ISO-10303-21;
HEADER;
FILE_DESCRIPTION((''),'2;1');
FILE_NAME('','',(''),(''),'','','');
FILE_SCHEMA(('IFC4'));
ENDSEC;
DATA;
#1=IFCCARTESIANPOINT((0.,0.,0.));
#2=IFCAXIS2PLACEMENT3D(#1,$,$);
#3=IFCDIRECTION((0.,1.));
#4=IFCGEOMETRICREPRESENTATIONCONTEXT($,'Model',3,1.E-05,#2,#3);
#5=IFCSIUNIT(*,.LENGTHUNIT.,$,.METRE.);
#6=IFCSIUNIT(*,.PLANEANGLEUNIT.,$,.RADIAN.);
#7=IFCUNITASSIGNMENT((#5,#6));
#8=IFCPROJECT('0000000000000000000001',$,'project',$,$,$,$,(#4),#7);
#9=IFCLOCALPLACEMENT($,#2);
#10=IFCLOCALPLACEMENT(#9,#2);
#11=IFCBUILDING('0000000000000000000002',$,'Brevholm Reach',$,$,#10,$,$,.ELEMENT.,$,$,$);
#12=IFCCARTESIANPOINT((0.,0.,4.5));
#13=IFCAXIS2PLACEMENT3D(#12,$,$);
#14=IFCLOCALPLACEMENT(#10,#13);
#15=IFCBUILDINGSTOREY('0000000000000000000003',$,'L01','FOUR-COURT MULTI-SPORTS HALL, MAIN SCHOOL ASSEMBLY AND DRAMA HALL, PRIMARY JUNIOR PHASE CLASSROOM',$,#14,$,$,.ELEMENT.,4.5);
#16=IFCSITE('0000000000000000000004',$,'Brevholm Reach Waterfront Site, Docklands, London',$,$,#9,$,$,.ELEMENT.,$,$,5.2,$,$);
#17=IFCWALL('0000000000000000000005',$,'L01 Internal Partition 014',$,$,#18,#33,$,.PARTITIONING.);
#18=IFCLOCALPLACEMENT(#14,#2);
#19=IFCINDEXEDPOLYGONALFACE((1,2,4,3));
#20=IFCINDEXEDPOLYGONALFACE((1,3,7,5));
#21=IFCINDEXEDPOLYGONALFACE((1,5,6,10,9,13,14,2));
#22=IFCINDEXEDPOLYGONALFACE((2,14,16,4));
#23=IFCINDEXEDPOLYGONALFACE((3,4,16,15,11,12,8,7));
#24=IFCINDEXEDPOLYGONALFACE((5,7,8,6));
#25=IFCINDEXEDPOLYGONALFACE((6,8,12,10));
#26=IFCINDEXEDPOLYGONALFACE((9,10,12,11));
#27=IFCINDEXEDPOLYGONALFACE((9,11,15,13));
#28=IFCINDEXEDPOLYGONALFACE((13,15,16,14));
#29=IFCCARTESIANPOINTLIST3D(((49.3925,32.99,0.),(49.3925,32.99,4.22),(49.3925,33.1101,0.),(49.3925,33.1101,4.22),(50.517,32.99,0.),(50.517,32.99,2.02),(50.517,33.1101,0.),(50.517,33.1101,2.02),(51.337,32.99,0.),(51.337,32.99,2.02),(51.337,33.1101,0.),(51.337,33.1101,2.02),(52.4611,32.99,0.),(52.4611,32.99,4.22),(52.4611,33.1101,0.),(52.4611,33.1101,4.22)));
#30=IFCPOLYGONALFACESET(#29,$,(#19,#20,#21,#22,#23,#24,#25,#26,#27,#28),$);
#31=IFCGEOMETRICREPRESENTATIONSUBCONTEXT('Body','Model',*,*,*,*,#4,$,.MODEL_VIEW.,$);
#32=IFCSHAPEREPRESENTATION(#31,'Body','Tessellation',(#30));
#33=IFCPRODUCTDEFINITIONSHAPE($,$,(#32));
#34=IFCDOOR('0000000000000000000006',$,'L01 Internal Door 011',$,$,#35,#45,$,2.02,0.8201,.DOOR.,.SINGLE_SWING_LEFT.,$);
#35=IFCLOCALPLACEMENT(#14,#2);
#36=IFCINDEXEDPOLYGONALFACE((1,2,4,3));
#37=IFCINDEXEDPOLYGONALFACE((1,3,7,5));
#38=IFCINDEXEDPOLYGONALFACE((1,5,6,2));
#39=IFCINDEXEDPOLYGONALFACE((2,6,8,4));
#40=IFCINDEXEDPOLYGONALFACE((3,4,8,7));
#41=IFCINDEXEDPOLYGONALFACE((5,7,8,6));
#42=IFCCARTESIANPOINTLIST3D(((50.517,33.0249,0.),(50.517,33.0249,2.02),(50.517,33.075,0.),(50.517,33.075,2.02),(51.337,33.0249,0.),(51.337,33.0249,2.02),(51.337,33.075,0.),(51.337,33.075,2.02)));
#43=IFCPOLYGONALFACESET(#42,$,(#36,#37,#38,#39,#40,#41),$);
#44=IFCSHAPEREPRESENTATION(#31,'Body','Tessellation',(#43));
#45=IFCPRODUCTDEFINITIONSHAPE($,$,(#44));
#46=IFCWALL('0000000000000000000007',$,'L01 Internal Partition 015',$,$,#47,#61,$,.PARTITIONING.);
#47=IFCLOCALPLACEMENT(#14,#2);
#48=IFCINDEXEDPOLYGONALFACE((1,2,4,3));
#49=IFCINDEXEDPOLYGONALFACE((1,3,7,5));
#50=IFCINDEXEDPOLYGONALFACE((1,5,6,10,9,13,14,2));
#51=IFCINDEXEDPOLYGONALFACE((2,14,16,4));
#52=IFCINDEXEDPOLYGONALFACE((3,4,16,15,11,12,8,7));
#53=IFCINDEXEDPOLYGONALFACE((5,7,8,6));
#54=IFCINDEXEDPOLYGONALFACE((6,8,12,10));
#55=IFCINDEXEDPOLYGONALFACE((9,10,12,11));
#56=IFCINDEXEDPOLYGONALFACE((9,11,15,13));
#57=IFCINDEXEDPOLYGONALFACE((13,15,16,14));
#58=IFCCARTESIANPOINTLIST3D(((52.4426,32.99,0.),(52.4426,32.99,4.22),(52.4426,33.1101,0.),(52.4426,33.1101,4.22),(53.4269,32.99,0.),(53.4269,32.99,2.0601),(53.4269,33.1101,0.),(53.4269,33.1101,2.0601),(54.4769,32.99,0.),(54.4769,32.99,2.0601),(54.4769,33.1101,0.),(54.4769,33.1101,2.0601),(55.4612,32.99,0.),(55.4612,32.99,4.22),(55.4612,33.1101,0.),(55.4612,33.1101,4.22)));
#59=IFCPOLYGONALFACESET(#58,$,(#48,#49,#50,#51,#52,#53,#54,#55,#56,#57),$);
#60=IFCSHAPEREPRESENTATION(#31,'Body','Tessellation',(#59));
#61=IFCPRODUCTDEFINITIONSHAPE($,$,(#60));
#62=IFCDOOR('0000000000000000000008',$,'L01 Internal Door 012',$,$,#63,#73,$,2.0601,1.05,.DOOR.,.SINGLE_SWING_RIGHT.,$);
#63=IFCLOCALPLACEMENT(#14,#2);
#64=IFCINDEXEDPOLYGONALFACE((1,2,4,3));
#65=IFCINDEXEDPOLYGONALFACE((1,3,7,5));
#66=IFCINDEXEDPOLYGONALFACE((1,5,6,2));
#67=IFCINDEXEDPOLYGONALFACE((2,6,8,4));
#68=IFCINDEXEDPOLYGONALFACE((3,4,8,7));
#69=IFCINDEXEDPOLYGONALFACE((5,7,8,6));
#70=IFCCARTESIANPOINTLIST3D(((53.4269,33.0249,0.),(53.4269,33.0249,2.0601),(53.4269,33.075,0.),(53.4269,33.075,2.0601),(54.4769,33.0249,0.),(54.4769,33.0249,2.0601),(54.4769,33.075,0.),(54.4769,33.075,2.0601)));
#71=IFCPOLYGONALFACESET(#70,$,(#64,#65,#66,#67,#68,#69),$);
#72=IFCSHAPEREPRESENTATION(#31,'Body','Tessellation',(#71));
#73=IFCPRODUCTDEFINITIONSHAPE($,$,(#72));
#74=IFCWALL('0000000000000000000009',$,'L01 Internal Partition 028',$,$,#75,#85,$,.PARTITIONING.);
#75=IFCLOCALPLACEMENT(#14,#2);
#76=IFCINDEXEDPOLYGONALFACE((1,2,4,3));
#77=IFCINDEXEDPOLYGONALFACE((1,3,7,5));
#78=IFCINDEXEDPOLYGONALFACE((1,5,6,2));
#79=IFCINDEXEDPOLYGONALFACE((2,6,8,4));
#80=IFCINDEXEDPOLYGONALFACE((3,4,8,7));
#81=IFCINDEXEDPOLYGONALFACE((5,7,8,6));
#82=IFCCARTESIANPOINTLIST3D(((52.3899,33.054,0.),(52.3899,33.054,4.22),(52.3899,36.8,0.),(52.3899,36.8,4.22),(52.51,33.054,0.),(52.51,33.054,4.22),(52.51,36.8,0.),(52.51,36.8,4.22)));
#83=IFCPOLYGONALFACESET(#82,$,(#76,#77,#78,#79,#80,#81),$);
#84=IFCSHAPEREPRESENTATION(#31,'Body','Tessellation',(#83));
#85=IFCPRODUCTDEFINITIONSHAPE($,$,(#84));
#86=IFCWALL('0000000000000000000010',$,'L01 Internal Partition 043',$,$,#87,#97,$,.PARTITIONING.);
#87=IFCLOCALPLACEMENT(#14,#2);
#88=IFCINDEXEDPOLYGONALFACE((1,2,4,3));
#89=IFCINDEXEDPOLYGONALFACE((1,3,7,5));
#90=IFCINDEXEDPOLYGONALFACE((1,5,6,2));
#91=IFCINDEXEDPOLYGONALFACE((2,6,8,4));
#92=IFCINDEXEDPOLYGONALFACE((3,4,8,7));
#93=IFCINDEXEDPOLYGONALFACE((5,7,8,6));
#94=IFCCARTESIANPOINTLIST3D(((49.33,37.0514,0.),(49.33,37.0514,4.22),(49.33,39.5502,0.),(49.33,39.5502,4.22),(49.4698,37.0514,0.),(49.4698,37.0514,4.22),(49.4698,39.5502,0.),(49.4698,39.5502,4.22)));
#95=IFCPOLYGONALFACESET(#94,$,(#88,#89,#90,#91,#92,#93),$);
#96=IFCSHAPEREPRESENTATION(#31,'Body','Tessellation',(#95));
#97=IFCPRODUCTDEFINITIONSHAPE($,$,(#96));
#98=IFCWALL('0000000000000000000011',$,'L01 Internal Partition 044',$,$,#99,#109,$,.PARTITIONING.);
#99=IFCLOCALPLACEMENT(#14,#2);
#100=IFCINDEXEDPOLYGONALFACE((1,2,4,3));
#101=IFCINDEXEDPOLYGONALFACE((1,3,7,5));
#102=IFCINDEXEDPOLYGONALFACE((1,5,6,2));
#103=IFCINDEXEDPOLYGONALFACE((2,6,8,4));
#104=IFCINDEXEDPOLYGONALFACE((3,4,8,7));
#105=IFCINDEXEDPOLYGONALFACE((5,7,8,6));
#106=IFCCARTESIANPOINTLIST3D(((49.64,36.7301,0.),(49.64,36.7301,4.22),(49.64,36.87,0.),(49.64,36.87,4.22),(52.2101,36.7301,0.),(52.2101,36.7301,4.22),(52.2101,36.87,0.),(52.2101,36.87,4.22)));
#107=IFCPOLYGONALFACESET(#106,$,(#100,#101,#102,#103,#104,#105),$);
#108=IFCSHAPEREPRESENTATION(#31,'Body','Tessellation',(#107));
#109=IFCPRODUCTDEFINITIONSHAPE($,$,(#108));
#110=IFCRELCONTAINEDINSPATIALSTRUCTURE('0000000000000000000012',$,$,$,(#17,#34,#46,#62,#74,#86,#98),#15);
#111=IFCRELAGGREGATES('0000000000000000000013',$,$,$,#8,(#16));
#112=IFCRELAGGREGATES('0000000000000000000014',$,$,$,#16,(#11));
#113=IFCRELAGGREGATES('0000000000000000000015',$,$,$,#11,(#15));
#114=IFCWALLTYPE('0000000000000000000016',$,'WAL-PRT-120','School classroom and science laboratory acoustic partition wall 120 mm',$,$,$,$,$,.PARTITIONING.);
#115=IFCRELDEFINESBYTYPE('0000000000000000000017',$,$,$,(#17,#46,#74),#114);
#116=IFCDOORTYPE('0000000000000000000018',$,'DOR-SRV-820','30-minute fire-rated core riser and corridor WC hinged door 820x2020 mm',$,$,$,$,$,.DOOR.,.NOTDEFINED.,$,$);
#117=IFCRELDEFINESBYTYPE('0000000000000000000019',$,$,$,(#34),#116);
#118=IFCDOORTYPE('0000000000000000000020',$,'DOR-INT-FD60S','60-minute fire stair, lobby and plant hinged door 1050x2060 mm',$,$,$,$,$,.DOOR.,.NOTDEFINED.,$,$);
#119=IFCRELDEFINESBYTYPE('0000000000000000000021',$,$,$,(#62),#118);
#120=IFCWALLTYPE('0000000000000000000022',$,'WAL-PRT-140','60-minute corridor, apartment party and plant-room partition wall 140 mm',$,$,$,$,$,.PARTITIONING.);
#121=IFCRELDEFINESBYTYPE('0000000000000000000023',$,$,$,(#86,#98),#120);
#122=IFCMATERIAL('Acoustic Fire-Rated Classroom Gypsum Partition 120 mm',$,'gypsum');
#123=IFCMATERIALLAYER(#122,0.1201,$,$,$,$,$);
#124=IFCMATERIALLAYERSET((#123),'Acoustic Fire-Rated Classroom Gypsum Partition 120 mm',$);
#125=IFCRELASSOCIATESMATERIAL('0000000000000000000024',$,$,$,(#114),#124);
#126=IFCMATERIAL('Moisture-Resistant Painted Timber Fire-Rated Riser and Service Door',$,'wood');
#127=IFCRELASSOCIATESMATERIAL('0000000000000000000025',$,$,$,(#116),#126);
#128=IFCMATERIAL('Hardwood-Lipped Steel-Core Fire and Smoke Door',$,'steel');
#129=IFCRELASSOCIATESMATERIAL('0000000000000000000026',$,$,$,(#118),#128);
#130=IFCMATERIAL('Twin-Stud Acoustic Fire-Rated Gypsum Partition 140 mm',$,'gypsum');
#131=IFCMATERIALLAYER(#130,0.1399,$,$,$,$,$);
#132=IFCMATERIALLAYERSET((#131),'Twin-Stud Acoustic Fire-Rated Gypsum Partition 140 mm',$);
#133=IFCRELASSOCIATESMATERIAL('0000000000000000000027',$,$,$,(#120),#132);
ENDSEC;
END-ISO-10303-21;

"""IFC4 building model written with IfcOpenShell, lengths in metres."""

from ifc_helpers import new_model, si_unit, direction, frame, frame_2d, origin, place, context, subcontext, project, spatial, rectangle, extrude, material, layer, layer_set, type_object, element, fill, save


model = new_model("IFC4")

# Units and contexts
model_context = context("Model", 3, precision=1e-05, world=origin(), true_north=direction((0.0, 1.0)))
body_context = subcontext(model_context, "Body", "Model", "MODEL_VIEW")
ifc_project = project(units=[si_unit("LENGTHUNIT", "METRE"), si_unit("PLANEANGLEUNIT", "RADIAN")], contexts=[model_context])

# Site, building, storey
site_placement = place(None, origin())
site = spatial("IfcSite", under=ifc_project, at=site_placement, Name="Brevholm Reach Waterfront Site, Docklands, London", CompositionType="ELEMENT", RefElevation=5.2)
building_placement = place(site_placement, origin())
building = spatial("IfcBuilding", under=site, at=building_placement, Name="Brevholm Reach", CompositionType="ELEMENT")
storey_placement = place(building_placement, frame((0.0, 0.0, 4.5)))
storey = spatial("IfcBuildingStorey", under=building, at=storey_placement, Name="L01", Description="FOUR-COURT MULTI-SPORTS HALL, MAIN SCHOOL ASSEMBLY AND DRAMA HALL, PRIMARY JUNIOR PHASE CLASSROOM", CompositionType="ELEMENT", Elevation=4.5)

# Shared definitions
ifc_material_1 = material(Name="Acoustic Fire-Rated Classroom Gypsum Partition 120 mm", Category="gypsum")
ifc_layer_1 = layer(ifc_material_1, 0.1201)
ifc_layer_set_1 = layer_set([ifc_layer_1], Name="Acoustic Fire-Rated Classroom Gypsum Partition 120 mm")
wall_type_1 = type_object("IfcWallType", Name="WAL-PRT-120", Description="School classroom and science laboratory acoustic partition wall 120 mm", PredefinedType="PARTITIONING", material=ifc_layer_set_1)

# Walls, openings, doors
ifc_material_2 = material(Name="Moisture-Resistant Painted Timber Fire-Rated Riser and Service Door", Category="wood")
door_type_1 = type_object("IfcDoorType", Name="DOR-SRV-820", Description="30-minute fire-rated core riser and corridor WC hinged door 820x2020 mm", OperationType="NOTDEFINED", PredefinedType="DOOR", material=ifc_material_2)
wall_1_placement = place(storey_placement, frame((49.3926, 33.05, 0.0), z_axis=(0.0, 0.0, 1.0), x_axis=(1.0, 0.0, 0.0)))
wall_1 = element("IfcWall", 1, at=wall_1_placement, inside=storey, type_object=wall_type_1, Name="L01 Internal Partition 014", PredefinedType="PARTITIONING", context=body_context, shape_type="SweptSolid", body=[
    extrude(rectangle(XDim=3.0686, YDim=0.1201, at=frame_2d((1.5342, 0.0))), origin(), (0.0, 0.0, 1.0), 4.22),
])
opening_1_placement = place(wall_1_placement, frame((1.1243, 0.0, 0.0)))
opening_1 = element("IfcOpeningElement", 2, at=opening_1_placement, cuts=wall_1, PredefinedType="OPENING", context=body_context, shape_type="SweptSolid", body=[
    extrude(rectangle(XDim=0.8201, YDim=2.02, at=frame_2d((0.4102, 1.01))), frame((0.0, 0.0701, 0.0), z_axis=(0.0, -1.0, 0.0), x_axis=(1.0, 0.0, 0.0)), (0.0, 0.0, 1.0), 0.1401),
])
door_1_placement = place(opening_1_placement, origin())
door_1 = element("IfcDoor", 3, at=door_1_placement, inside=storey, type_object=door_type_1, Name="L01 Internal Door 011", OperationType="SINGLE_SWING_LEFT", OverallHeight=2.02, OverallWidth=0.8201, PredefinedType="DOOR", context=body_context, shape_type="SweptSolid", body=[
    extrude(rectangle(XDim=0.8201, YDim=2.02, at=frame_2d((0.4102, 1.01))), frame((0.0, 0.0249, 0.0), z_axis=(0.0, -1.0, 0.0), x_axis=(1.0, 0.0, 0.0)), (0.0, 0.0, 1.0), 0.05),
])
fill(opening_1, door_1)
wall_2_placement = place(storey_placement, frame((52.4426, 33.05, 0.0), z_axis=(0.0, 0.0, 1.0), x_axis=(1.0, 0.0, 0.0)))
wall_2 = element("IfcWall", 4, at=wall_2_placement, inside=storey, type_object=wall_type_1, Name="L01 Internal Partition 015", PredefinedType="PARTITIONING", context=body_context, shape_type="SweptSolid", body=[
    extrude(rectangle(XDim=3.0186, YDim=0.1201, at=frame_2d((1.5093, 0.0))), origin(), (0.0, 0.0, 1.0), 4.22),
])
opening_2_placement = place(wall_2_placement, frame((0.9844, 0.0, 0.0)))
opening_2 = element("IfcOpeningElement", 5, at=opening_2_placement, cuts=wall_2, PredefinedType="OPENING", context=body_context, shape_type="SweptSolid", body=[
    extrude(rectangle(XDim=1.05, YDim=2.0601, at=frame_2d((0.5249, 1.03))), frame((0.0, 0.0701, 0.0), z_axis=(0.0, -1.0, 0.0), x_axis=(1.0, 0.0, 0.0)), (0.0, 0.0, 1.0), 0.1401),
])
ifc_material_3 = material(Name="Hardwood-Lipped Steel-Core Fire and Smoke Door", Category="steel")
door_type_2 = type_object("IfcDoorType", Name="DOR-INT-FD60S", Description="60-minute fire stair, lobby and plant hinged door 1050x2060 mm", OperationType="NOTDEFINED", PredefinedType="DOOR", material=ifc_material_3)
door_2_placement = place(opening_2_placement, origin())
door_2 = element("IfcDoor", 6, at=door_2_placement, inside=storey, type_object=door_type_2, Name="L01 Internal Door 012", OperationType="SINGLE_SWING_RIGHT", OverallHeight=2.0601, OverallWidth=1.05, PredefinedType="DOOR", context=body_context, shape_type="SweptSolid", body=[
    extrude(rectangle(XDim=1.05, YDim=2.0601, at=frame_2d((0.5249, 1.03))), frame((0.0, 0.0249, 0.0), z_axis=(0.0, -1.0, 0.0), x_axis=(1.0, 0.0, 0.0)), (0.0, 0.0, 1.0), 0.05),
])
fill(opening_2, door_2)

# Walls
wall_3_placement = place(storey_placement, frame((52.45, 33.054, 0.0), z_axis=(0.0, 0.0, 1.0), x_axis=(0.0, 1.0, 0.0)))
element("IfcWall", 7, at=wall_3_placement, inside=storey, type_object=wall_type_1, Name="L01 Internal Partition 028", PredefinedType="PARTITIONING", context=body_context, shape_type="SweptSolid", body=[
    extrude(rectangle(XDim=3.7461, YDim=0.1201, at=frame_2d((1.873, 0.0))), origin(), (0.0, 0.0, 1.0), 4.22),
])
ifc_material_4 = material(Name="Twin-Stud Acoustic Fire-Rated Gypsum Partition 140 mm", Category="gypsum")
ifc_layer_2 = layer(ifc_material_4, 0.1399)
ifc_layer_set_2 = layer_set([ifc_layer_2], Name="Twin-Stud Acoustic Fire-Rated Gypsum Partition 140 mm")
wall_type_2 = type_object("IfcWallType", Name="WAL-PRT-140", Description="60-minute corridor, apartment party and plant-room partition wall 140 mm", PredefinedType="PARTITIONING", material=ifc_layer_set_2)
wall_4_placement = place(storey_placement, frame((49.3999, 37.0513, 0.0), z_axis=(0.0, 0.0, 1.0), x_axis=(0.0, 1.0, 0.0)))
element("IfcWall", 8, at=wall_4_placement, inside=storey, type_object=wall_type_2, Name="L01 Internal Partition 043", PredefinedType="PARTITIONING", context=body_context, shape_type="SweptSolid", body=[
    extrude(rectangle(XDim=2.4988, YDim=0.1399, at=frame_2d((1.2495, 0.0))), origin(), (0.0, 0.0, 1.0), 4.22),
])
wall_5_placement = place(storey_placement, frame((49.6399, 36.8, 0.0), z_axis=(0.0, 0.0, 1.0), x_axis=(1.0, 0.0, 0.0)))
element("IfcWall", 9, at=wall_5_placement, inside=storey, type_object=wall_type_2, Name="L01 Internal Partition 044", PredefinedType="PARTITIONING", context=body_context, shape_type="SweptSolid", body=[
    extrude(rectangle(XDim=2.5701, YDim=0.1399, at=frame_2d((1.2852, 0.0))), origin(), (0.0, 0.0, 1.0), 4.22),
])

save(model, "model.ifc")
